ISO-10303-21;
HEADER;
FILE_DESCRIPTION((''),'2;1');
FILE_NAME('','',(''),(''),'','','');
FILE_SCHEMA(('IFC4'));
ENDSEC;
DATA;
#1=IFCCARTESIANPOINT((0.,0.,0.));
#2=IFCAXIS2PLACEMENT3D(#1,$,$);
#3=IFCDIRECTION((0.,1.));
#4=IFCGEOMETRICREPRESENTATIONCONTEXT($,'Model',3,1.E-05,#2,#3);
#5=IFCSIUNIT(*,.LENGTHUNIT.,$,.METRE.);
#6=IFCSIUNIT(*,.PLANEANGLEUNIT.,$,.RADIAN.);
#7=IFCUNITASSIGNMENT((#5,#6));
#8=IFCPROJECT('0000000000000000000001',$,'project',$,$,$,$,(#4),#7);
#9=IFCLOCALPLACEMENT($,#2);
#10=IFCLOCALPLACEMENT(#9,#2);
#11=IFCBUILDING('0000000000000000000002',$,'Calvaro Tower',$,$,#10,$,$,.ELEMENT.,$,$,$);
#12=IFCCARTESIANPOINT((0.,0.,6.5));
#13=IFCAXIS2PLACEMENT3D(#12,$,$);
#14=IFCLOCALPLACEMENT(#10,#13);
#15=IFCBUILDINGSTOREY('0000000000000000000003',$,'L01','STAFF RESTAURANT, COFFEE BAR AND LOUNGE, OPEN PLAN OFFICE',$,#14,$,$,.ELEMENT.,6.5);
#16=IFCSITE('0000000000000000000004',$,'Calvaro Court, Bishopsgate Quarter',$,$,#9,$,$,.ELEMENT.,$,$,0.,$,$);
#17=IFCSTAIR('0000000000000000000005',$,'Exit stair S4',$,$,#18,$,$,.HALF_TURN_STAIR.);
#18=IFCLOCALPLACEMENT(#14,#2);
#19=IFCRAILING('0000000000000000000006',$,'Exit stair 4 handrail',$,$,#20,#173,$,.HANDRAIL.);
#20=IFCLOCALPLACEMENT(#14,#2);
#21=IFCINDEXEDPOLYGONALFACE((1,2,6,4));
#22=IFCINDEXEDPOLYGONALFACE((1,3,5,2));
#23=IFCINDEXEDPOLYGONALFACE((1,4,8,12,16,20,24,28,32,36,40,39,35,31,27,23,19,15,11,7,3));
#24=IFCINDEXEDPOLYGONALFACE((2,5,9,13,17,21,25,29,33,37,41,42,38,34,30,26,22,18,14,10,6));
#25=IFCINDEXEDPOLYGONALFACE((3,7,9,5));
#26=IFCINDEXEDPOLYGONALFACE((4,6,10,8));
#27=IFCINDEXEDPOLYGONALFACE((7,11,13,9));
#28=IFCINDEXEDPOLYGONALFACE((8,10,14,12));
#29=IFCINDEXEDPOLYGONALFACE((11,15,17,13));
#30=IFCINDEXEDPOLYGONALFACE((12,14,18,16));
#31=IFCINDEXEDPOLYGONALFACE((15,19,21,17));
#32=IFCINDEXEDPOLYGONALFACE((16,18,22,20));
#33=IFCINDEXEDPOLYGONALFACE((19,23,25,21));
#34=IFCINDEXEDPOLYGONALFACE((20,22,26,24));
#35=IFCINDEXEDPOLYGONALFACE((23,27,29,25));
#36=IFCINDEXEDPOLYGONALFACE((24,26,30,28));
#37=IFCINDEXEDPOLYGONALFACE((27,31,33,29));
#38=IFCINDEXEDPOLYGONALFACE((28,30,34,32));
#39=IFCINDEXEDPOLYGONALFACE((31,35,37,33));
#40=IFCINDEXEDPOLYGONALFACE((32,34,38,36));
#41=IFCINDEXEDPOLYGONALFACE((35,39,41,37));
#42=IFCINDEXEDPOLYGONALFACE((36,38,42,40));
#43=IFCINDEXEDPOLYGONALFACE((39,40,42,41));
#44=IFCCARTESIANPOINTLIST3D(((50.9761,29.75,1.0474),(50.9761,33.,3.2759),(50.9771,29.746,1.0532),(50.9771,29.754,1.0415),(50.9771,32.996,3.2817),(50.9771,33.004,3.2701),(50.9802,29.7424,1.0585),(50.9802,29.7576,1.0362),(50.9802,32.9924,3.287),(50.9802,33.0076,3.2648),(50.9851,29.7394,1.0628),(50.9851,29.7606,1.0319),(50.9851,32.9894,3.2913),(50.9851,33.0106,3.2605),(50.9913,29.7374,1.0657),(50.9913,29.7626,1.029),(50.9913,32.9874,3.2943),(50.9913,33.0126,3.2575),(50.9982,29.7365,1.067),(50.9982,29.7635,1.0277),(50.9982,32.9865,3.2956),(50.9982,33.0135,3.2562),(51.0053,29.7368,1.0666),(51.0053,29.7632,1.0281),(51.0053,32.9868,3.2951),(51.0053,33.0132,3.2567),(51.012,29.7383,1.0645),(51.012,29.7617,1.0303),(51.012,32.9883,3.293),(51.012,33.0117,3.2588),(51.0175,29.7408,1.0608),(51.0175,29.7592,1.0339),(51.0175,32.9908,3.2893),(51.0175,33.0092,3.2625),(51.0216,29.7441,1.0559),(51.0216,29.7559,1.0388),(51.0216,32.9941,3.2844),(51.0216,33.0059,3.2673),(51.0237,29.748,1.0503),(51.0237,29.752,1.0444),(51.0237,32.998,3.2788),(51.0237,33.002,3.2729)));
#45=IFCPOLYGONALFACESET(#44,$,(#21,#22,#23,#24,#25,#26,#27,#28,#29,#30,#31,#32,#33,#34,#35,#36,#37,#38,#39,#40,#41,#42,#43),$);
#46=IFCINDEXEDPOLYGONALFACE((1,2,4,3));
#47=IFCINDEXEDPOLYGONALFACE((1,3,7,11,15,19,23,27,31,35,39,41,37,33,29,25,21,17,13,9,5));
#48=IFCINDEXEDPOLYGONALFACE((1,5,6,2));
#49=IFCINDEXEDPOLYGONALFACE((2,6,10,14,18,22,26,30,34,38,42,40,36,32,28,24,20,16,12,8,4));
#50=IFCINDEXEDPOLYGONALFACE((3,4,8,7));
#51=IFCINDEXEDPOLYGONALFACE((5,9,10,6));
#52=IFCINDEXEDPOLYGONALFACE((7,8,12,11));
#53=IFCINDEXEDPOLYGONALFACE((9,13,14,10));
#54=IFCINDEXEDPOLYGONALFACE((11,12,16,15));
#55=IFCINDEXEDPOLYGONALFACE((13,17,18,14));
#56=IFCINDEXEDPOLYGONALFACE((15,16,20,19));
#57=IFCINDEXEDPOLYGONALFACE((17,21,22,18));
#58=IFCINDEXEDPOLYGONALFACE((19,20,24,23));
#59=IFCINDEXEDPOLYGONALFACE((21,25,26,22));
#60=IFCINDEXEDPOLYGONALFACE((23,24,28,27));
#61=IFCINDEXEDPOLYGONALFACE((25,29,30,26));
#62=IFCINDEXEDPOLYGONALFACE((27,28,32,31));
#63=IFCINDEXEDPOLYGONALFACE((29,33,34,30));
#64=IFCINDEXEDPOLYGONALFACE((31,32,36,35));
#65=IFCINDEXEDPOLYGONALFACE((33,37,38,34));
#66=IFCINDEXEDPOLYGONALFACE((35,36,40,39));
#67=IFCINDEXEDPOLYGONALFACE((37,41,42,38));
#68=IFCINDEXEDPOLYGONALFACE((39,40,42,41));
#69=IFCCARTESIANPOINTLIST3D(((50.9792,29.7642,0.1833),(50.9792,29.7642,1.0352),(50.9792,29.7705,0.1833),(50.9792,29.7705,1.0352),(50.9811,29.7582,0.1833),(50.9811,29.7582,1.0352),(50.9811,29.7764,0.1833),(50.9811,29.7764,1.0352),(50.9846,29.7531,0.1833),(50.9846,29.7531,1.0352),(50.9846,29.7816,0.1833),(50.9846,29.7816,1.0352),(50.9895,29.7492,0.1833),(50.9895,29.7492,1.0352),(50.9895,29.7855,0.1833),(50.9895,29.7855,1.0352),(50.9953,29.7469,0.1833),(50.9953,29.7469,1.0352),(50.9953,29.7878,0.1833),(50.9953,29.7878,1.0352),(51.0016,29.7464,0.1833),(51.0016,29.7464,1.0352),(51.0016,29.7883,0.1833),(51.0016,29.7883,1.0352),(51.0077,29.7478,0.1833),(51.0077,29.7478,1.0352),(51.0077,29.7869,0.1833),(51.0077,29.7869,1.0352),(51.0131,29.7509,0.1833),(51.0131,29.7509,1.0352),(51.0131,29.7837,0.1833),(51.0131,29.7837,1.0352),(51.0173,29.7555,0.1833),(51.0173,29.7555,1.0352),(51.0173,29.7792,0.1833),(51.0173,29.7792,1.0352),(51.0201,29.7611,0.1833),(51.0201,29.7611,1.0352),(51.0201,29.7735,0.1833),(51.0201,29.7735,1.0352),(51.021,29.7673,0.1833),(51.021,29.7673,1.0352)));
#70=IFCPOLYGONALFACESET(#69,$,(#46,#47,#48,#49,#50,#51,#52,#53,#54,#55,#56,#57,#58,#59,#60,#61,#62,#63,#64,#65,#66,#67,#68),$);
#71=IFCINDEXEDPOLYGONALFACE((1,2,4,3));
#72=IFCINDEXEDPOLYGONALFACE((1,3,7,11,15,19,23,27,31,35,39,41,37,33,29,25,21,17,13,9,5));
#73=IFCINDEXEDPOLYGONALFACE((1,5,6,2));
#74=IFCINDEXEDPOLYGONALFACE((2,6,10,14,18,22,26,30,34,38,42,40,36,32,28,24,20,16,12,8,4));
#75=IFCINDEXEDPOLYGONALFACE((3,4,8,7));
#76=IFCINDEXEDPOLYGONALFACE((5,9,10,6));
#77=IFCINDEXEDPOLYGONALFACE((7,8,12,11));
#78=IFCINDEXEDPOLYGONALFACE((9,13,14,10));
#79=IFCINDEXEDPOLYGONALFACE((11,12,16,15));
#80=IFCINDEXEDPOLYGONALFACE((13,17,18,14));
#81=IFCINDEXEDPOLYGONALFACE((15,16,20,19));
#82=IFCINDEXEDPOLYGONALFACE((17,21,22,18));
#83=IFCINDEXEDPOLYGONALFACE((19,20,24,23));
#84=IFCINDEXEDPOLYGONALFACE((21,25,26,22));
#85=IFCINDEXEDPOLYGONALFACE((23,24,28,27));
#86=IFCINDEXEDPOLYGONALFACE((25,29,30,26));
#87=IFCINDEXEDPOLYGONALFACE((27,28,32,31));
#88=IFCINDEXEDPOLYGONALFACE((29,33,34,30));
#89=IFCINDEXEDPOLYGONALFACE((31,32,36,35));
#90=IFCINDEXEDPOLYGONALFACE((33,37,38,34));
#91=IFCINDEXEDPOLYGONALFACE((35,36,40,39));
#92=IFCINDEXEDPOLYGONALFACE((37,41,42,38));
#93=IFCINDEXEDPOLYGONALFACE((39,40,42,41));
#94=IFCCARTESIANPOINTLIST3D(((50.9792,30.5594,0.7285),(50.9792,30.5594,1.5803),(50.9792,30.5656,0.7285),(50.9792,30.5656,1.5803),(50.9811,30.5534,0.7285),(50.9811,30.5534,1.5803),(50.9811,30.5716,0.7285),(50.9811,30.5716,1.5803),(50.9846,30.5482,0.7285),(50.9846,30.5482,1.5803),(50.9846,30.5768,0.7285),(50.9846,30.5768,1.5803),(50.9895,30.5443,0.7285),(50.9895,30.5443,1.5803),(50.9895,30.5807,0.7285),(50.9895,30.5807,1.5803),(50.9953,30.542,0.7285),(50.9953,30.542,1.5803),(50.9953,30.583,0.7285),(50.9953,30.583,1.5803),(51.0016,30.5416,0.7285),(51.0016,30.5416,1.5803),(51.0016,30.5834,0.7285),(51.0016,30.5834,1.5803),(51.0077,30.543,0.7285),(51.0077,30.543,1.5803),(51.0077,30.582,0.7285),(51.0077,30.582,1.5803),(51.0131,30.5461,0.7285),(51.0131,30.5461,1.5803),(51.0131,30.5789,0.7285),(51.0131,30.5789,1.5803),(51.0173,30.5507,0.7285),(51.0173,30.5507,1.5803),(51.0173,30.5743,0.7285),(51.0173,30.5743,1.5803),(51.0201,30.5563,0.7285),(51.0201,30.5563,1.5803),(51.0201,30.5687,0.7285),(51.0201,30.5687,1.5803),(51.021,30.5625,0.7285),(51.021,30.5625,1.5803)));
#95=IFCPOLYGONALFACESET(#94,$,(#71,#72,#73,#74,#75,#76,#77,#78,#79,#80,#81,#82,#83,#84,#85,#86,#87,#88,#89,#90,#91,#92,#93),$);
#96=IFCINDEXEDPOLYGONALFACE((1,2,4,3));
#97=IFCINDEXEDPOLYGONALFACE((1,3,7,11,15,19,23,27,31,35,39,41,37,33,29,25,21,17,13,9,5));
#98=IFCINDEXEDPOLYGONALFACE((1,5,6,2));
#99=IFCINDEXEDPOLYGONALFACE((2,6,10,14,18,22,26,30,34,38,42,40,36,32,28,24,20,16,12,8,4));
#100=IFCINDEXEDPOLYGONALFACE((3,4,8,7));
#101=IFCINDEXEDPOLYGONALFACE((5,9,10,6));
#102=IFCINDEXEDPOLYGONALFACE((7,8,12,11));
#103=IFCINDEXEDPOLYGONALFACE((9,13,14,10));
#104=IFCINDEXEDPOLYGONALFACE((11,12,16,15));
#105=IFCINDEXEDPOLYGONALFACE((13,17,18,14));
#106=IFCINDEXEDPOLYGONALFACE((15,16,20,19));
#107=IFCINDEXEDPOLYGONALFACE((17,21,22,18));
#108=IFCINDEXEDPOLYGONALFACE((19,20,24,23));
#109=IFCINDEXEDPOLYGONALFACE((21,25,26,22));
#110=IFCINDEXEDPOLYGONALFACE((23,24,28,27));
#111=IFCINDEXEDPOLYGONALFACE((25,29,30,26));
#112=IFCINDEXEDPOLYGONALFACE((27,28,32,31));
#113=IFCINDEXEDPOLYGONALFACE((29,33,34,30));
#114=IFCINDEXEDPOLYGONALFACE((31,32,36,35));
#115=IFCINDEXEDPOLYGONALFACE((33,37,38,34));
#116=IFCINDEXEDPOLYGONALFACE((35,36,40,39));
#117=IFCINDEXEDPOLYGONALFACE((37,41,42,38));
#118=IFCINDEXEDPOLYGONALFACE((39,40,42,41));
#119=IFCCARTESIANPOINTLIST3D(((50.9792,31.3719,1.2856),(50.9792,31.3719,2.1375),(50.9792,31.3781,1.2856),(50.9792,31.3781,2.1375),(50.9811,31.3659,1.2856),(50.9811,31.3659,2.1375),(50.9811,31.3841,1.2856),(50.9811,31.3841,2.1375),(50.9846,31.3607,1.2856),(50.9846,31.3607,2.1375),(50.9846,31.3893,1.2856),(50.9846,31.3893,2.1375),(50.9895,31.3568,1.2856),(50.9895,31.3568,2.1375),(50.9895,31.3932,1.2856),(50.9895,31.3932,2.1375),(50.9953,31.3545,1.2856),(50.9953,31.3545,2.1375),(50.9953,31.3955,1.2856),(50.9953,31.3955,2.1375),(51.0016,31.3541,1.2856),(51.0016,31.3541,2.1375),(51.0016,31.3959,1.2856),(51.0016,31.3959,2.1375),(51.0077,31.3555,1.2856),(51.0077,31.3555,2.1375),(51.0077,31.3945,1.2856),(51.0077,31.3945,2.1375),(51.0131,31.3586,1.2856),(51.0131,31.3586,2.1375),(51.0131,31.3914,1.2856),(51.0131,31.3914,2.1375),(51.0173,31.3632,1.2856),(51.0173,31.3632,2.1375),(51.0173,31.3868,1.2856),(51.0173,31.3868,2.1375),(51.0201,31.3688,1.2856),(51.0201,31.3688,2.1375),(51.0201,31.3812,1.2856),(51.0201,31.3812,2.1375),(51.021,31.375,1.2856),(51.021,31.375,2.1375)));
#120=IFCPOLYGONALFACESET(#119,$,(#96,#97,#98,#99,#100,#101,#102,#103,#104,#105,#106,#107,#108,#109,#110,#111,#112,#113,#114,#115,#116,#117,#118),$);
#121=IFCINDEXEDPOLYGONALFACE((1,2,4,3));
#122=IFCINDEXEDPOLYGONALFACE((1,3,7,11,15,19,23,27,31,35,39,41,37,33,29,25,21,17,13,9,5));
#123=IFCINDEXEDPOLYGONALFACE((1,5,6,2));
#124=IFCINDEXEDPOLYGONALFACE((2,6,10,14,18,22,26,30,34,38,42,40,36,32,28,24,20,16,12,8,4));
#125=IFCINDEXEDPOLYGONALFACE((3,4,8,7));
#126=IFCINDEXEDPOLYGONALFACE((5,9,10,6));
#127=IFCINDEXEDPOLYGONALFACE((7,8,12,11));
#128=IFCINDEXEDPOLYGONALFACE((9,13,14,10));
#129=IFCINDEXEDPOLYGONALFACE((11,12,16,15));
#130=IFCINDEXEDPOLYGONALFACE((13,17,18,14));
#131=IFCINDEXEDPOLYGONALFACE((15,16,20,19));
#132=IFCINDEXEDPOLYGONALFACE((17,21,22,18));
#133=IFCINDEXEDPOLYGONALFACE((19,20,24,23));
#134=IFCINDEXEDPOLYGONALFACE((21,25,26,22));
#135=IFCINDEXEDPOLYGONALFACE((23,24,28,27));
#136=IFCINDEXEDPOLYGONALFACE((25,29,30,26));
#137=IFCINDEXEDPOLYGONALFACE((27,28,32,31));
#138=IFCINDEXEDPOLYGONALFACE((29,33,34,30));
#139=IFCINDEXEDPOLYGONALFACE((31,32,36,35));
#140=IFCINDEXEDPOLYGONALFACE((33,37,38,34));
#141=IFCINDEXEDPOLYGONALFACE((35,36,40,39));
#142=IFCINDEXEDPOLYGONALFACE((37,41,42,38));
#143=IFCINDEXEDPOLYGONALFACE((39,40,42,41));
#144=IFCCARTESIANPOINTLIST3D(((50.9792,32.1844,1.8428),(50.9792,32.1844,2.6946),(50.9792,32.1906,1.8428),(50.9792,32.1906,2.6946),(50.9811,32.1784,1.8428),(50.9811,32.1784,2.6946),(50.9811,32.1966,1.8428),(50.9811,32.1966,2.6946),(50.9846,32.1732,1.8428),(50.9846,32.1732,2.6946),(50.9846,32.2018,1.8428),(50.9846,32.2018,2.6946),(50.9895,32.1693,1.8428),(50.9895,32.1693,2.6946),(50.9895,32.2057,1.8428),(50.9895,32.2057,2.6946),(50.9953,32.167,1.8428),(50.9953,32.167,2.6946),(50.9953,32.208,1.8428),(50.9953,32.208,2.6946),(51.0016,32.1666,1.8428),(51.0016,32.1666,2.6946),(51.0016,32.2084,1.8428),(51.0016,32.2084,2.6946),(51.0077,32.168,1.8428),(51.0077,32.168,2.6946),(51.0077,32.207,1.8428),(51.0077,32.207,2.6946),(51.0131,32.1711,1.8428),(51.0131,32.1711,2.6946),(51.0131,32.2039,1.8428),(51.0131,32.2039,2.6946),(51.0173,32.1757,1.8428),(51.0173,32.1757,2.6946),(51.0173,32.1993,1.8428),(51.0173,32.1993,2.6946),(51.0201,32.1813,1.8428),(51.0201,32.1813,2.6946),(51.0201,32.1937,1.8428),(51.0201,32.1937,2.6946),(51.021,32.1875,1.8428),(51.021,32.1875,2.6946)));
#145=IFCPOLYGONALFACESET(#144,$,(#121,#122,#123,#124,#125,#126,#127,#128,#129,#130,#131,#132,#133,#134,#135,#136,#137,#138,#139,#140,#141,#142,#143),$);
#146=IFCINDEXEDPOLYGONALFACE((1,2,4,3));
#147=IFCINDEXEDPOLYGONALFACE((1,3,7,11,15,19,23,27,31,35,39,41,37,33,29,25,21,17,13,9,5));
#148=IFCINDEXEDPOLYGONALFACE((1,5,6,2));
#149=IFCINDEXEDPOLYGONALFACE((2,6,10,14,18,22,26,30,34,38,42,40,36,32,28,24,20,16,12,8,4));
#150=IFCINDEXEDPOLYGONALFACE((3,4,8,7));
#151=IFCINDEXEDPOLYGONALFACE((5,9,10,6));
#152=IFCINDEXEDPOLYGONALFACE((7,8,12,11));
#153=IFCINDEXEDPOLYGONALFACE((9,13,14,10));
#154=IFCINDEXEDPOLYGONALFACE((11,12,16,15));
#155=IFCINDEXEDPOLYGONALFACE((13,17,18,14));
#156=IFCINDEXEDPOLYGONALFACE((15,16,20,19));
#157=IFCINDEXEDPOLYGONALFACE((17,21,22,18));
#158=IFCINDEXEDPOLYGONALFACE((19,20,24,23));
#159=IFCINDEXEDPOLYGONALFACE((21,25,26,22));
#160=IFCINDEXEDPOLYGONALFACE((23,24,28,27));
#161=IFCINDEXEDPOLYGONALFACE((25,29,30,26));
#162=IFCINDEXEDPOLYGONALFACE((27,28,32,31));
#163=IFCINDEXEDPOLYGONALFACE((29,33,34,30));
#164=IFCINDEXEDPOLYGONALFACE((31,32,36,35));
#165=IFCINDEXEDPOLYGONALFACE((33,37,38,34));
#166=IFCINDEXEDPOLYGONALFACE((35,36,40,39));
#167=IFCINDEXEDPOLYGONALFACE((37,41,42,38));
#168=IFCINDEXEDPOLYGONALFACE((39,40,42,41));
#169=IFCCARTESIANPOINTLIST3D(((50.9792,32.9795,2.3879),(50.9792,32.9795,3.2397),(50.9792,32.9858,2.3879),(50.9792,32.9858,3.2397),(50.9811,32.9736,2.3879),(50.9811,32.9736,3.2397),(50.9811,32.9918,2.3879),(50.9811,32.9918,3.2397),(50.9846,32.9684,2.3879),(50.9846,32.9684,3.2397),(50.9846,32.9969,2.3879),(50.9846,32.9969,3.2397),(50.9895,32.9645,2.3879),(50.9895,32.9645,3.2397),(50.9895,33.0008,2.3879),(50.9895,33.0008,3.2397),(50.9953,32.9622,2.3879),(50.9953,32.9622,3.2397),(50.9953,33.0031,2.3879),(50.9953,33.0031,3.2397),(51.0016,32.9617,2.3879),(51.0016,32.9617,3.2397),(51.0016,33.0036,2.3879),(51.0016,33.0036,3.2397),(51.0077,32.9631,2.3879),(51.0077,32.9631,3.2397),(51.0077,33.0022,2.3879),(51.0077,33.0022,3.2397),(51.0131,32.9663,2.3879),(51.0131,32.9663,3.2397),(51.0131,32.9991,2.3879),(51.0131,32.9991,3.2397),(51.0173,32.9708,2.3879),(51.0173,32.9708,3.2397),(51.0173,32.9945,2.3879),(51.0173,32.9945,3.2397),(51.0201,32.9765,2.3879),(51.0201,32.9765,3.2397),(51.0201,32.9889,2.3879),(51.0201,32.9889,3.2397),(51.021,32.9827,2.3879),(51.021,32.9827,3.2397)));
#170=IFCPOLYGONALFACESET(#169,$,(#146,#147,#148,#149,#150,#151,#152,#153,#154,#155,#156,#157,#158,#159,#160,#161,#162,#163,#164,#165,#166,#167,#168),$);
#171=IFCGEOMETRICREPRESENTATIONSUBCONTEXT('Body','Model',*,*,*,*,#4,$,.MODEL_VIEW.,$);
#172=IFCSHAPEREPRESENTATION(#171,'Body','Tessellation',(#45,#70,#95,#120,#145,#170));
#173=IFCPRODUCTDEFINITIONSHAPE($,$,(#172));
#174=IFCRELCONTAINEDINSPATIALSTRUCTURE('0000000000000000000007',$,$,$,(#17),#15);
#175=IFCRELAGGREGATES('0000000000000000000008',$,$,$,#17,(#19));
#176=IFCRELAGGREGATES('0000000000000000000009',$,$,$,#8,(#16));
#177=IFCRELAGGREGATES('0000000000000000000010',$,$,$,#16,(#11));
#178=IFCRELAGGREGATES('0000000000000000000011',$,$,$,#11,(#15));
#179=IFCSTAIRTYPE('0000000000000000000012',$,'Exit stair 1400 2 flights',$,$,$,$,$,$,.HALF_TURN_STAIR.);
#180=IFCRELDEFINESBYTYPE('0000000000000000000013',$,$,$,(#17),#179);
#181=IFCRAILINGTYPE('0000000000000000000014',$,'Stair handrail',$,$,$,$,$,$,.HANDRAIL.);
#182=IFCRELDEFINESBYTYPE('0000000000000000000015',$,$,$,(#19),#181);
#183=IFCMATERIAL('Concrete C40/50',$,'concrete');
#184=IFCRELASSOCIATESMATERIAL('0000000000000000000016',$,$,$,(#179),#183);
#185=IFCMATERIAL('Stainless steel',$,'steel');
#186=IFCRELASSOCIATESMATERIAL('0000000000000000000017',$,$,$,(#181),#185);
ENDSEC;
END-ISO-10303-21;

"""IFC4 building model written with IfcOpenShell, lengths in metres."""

from ifc_helpers import new_model, si_unit, direction, frame, origin, origin_2d, place, context, subcontext, project, spatial, circle, extrude, material, type_object, element, aggregate, save


model = new_model("IFC4")

# Units and contexts
model_context = context("Model", 3, precision=1e-05, world=origin(), true_north=direction((0.0, 1.0)))
body_context = subcontext(model_context, "Body", "Model", "MODEL_VIEW")
ifc_project = project(units=[si_unit("LENGTHUNIT", "METRE"), si_unit("PLANEANGLEUNIT", "RADIAN")], contexts=[model_context])

# Site, building, storey
site_placement = place(None, origin())
site = spatial("IfcSite", under=ifc_project, at=site_placement, Name="Calvaro Court, Bishopsgate Quarter", CompositionType="ELEMENT", RefElevation=0.0)
building_placement = place(site_placement, origin())
building = spatial("IfcBuilding", under=site, at=building_placement, Name="Calvaro Tower", CompositionType="ELEMENT")
storey_placement = place(building_placement, frame((0.0, 0.0, 6.5)))
storey = spatial("IfcBuildingStorey", under=building, at=storey_placement, Name="L01", Description="STAFF RESTAURANT, COFFEE BAR AND LOUNGE, OPEN PLAN OFFICE", CompositionType="ELEMENT", Elevation=6.5)

# Stair, railing
ifc_material_1 = material(Name="Concrete C40/50", Category="concrete")
stair_type = type_object("IfcStairType", Name="Exit stair 1400 2 flights", PredefinedType="HALF_TURN_STAIR", material=ifc_material_1)
stair_placement = place(storey_placement, origin())
stair = element("IfcStair", 1, at=stair_placement, inside=storey, type_object=stair_type, Name="Exit stair S4", PredefinedType="HALF_TURN_STAIR")
ifc_material_2 = material(Name="Stainless steel", Category="steel")
railing_type = type_object("IfcRailingType", Name="Stair handrail", PredefinedType="HANDRAIL", material=ifc_material_2)
railing_1_placement = place(storey_placement, frame((51.0, 29.75, 0.1714)))
railing_1 = element("IfcRailing", 2, at=railing_1_placement, type_object=railing_type, Name="Exit stair 4 handrail", PredefinedType="HANDRAIL", context=body_context, shape_type="SweptSolid", body=[
    extrude(circle(Radius=0.0239, at=origin_2d()), frame((0.0, 0.0, 0.876), z_axis=(0.0, 0.824735, 0.565519), x_axis=(-1.0, 0.0, 0.0)), (0.0, 0.0, 1.0), 3.9407),
    extrude(circle(Radius=0.021, at=origin_2d()), frame((0.0, 0.0173, 0.012)), (0.0, 0.0, 1.0), 0.8518),
    extrude(circle(Radius=0.021, at=origin_2d()), frame((0.0, 0.8125, 0.5571)), (0.0, 0.0, 1.0), 0.8518),
    extrude(circle(Radius=0.021, at=origin_2d()), frame((0.0, 1.625, 1.1143)), (0.0, 0.0, 1.0), 0.8518),
    extrude(circle(Radius=0.021, at=origin_2d()), frame((0.0, 2.4375, 1.6714)), (0.0, 0.0, 1.0), 0.8518),
    extrude(circle(Radius=0.021, at=origin_2d()), frame((0.0, 3.2327, 2.2166)), (0.0, 0.0, 1.0), 0.8518),
])
aggregate(stair, [railing_1])

save(model, "model.ifc")
